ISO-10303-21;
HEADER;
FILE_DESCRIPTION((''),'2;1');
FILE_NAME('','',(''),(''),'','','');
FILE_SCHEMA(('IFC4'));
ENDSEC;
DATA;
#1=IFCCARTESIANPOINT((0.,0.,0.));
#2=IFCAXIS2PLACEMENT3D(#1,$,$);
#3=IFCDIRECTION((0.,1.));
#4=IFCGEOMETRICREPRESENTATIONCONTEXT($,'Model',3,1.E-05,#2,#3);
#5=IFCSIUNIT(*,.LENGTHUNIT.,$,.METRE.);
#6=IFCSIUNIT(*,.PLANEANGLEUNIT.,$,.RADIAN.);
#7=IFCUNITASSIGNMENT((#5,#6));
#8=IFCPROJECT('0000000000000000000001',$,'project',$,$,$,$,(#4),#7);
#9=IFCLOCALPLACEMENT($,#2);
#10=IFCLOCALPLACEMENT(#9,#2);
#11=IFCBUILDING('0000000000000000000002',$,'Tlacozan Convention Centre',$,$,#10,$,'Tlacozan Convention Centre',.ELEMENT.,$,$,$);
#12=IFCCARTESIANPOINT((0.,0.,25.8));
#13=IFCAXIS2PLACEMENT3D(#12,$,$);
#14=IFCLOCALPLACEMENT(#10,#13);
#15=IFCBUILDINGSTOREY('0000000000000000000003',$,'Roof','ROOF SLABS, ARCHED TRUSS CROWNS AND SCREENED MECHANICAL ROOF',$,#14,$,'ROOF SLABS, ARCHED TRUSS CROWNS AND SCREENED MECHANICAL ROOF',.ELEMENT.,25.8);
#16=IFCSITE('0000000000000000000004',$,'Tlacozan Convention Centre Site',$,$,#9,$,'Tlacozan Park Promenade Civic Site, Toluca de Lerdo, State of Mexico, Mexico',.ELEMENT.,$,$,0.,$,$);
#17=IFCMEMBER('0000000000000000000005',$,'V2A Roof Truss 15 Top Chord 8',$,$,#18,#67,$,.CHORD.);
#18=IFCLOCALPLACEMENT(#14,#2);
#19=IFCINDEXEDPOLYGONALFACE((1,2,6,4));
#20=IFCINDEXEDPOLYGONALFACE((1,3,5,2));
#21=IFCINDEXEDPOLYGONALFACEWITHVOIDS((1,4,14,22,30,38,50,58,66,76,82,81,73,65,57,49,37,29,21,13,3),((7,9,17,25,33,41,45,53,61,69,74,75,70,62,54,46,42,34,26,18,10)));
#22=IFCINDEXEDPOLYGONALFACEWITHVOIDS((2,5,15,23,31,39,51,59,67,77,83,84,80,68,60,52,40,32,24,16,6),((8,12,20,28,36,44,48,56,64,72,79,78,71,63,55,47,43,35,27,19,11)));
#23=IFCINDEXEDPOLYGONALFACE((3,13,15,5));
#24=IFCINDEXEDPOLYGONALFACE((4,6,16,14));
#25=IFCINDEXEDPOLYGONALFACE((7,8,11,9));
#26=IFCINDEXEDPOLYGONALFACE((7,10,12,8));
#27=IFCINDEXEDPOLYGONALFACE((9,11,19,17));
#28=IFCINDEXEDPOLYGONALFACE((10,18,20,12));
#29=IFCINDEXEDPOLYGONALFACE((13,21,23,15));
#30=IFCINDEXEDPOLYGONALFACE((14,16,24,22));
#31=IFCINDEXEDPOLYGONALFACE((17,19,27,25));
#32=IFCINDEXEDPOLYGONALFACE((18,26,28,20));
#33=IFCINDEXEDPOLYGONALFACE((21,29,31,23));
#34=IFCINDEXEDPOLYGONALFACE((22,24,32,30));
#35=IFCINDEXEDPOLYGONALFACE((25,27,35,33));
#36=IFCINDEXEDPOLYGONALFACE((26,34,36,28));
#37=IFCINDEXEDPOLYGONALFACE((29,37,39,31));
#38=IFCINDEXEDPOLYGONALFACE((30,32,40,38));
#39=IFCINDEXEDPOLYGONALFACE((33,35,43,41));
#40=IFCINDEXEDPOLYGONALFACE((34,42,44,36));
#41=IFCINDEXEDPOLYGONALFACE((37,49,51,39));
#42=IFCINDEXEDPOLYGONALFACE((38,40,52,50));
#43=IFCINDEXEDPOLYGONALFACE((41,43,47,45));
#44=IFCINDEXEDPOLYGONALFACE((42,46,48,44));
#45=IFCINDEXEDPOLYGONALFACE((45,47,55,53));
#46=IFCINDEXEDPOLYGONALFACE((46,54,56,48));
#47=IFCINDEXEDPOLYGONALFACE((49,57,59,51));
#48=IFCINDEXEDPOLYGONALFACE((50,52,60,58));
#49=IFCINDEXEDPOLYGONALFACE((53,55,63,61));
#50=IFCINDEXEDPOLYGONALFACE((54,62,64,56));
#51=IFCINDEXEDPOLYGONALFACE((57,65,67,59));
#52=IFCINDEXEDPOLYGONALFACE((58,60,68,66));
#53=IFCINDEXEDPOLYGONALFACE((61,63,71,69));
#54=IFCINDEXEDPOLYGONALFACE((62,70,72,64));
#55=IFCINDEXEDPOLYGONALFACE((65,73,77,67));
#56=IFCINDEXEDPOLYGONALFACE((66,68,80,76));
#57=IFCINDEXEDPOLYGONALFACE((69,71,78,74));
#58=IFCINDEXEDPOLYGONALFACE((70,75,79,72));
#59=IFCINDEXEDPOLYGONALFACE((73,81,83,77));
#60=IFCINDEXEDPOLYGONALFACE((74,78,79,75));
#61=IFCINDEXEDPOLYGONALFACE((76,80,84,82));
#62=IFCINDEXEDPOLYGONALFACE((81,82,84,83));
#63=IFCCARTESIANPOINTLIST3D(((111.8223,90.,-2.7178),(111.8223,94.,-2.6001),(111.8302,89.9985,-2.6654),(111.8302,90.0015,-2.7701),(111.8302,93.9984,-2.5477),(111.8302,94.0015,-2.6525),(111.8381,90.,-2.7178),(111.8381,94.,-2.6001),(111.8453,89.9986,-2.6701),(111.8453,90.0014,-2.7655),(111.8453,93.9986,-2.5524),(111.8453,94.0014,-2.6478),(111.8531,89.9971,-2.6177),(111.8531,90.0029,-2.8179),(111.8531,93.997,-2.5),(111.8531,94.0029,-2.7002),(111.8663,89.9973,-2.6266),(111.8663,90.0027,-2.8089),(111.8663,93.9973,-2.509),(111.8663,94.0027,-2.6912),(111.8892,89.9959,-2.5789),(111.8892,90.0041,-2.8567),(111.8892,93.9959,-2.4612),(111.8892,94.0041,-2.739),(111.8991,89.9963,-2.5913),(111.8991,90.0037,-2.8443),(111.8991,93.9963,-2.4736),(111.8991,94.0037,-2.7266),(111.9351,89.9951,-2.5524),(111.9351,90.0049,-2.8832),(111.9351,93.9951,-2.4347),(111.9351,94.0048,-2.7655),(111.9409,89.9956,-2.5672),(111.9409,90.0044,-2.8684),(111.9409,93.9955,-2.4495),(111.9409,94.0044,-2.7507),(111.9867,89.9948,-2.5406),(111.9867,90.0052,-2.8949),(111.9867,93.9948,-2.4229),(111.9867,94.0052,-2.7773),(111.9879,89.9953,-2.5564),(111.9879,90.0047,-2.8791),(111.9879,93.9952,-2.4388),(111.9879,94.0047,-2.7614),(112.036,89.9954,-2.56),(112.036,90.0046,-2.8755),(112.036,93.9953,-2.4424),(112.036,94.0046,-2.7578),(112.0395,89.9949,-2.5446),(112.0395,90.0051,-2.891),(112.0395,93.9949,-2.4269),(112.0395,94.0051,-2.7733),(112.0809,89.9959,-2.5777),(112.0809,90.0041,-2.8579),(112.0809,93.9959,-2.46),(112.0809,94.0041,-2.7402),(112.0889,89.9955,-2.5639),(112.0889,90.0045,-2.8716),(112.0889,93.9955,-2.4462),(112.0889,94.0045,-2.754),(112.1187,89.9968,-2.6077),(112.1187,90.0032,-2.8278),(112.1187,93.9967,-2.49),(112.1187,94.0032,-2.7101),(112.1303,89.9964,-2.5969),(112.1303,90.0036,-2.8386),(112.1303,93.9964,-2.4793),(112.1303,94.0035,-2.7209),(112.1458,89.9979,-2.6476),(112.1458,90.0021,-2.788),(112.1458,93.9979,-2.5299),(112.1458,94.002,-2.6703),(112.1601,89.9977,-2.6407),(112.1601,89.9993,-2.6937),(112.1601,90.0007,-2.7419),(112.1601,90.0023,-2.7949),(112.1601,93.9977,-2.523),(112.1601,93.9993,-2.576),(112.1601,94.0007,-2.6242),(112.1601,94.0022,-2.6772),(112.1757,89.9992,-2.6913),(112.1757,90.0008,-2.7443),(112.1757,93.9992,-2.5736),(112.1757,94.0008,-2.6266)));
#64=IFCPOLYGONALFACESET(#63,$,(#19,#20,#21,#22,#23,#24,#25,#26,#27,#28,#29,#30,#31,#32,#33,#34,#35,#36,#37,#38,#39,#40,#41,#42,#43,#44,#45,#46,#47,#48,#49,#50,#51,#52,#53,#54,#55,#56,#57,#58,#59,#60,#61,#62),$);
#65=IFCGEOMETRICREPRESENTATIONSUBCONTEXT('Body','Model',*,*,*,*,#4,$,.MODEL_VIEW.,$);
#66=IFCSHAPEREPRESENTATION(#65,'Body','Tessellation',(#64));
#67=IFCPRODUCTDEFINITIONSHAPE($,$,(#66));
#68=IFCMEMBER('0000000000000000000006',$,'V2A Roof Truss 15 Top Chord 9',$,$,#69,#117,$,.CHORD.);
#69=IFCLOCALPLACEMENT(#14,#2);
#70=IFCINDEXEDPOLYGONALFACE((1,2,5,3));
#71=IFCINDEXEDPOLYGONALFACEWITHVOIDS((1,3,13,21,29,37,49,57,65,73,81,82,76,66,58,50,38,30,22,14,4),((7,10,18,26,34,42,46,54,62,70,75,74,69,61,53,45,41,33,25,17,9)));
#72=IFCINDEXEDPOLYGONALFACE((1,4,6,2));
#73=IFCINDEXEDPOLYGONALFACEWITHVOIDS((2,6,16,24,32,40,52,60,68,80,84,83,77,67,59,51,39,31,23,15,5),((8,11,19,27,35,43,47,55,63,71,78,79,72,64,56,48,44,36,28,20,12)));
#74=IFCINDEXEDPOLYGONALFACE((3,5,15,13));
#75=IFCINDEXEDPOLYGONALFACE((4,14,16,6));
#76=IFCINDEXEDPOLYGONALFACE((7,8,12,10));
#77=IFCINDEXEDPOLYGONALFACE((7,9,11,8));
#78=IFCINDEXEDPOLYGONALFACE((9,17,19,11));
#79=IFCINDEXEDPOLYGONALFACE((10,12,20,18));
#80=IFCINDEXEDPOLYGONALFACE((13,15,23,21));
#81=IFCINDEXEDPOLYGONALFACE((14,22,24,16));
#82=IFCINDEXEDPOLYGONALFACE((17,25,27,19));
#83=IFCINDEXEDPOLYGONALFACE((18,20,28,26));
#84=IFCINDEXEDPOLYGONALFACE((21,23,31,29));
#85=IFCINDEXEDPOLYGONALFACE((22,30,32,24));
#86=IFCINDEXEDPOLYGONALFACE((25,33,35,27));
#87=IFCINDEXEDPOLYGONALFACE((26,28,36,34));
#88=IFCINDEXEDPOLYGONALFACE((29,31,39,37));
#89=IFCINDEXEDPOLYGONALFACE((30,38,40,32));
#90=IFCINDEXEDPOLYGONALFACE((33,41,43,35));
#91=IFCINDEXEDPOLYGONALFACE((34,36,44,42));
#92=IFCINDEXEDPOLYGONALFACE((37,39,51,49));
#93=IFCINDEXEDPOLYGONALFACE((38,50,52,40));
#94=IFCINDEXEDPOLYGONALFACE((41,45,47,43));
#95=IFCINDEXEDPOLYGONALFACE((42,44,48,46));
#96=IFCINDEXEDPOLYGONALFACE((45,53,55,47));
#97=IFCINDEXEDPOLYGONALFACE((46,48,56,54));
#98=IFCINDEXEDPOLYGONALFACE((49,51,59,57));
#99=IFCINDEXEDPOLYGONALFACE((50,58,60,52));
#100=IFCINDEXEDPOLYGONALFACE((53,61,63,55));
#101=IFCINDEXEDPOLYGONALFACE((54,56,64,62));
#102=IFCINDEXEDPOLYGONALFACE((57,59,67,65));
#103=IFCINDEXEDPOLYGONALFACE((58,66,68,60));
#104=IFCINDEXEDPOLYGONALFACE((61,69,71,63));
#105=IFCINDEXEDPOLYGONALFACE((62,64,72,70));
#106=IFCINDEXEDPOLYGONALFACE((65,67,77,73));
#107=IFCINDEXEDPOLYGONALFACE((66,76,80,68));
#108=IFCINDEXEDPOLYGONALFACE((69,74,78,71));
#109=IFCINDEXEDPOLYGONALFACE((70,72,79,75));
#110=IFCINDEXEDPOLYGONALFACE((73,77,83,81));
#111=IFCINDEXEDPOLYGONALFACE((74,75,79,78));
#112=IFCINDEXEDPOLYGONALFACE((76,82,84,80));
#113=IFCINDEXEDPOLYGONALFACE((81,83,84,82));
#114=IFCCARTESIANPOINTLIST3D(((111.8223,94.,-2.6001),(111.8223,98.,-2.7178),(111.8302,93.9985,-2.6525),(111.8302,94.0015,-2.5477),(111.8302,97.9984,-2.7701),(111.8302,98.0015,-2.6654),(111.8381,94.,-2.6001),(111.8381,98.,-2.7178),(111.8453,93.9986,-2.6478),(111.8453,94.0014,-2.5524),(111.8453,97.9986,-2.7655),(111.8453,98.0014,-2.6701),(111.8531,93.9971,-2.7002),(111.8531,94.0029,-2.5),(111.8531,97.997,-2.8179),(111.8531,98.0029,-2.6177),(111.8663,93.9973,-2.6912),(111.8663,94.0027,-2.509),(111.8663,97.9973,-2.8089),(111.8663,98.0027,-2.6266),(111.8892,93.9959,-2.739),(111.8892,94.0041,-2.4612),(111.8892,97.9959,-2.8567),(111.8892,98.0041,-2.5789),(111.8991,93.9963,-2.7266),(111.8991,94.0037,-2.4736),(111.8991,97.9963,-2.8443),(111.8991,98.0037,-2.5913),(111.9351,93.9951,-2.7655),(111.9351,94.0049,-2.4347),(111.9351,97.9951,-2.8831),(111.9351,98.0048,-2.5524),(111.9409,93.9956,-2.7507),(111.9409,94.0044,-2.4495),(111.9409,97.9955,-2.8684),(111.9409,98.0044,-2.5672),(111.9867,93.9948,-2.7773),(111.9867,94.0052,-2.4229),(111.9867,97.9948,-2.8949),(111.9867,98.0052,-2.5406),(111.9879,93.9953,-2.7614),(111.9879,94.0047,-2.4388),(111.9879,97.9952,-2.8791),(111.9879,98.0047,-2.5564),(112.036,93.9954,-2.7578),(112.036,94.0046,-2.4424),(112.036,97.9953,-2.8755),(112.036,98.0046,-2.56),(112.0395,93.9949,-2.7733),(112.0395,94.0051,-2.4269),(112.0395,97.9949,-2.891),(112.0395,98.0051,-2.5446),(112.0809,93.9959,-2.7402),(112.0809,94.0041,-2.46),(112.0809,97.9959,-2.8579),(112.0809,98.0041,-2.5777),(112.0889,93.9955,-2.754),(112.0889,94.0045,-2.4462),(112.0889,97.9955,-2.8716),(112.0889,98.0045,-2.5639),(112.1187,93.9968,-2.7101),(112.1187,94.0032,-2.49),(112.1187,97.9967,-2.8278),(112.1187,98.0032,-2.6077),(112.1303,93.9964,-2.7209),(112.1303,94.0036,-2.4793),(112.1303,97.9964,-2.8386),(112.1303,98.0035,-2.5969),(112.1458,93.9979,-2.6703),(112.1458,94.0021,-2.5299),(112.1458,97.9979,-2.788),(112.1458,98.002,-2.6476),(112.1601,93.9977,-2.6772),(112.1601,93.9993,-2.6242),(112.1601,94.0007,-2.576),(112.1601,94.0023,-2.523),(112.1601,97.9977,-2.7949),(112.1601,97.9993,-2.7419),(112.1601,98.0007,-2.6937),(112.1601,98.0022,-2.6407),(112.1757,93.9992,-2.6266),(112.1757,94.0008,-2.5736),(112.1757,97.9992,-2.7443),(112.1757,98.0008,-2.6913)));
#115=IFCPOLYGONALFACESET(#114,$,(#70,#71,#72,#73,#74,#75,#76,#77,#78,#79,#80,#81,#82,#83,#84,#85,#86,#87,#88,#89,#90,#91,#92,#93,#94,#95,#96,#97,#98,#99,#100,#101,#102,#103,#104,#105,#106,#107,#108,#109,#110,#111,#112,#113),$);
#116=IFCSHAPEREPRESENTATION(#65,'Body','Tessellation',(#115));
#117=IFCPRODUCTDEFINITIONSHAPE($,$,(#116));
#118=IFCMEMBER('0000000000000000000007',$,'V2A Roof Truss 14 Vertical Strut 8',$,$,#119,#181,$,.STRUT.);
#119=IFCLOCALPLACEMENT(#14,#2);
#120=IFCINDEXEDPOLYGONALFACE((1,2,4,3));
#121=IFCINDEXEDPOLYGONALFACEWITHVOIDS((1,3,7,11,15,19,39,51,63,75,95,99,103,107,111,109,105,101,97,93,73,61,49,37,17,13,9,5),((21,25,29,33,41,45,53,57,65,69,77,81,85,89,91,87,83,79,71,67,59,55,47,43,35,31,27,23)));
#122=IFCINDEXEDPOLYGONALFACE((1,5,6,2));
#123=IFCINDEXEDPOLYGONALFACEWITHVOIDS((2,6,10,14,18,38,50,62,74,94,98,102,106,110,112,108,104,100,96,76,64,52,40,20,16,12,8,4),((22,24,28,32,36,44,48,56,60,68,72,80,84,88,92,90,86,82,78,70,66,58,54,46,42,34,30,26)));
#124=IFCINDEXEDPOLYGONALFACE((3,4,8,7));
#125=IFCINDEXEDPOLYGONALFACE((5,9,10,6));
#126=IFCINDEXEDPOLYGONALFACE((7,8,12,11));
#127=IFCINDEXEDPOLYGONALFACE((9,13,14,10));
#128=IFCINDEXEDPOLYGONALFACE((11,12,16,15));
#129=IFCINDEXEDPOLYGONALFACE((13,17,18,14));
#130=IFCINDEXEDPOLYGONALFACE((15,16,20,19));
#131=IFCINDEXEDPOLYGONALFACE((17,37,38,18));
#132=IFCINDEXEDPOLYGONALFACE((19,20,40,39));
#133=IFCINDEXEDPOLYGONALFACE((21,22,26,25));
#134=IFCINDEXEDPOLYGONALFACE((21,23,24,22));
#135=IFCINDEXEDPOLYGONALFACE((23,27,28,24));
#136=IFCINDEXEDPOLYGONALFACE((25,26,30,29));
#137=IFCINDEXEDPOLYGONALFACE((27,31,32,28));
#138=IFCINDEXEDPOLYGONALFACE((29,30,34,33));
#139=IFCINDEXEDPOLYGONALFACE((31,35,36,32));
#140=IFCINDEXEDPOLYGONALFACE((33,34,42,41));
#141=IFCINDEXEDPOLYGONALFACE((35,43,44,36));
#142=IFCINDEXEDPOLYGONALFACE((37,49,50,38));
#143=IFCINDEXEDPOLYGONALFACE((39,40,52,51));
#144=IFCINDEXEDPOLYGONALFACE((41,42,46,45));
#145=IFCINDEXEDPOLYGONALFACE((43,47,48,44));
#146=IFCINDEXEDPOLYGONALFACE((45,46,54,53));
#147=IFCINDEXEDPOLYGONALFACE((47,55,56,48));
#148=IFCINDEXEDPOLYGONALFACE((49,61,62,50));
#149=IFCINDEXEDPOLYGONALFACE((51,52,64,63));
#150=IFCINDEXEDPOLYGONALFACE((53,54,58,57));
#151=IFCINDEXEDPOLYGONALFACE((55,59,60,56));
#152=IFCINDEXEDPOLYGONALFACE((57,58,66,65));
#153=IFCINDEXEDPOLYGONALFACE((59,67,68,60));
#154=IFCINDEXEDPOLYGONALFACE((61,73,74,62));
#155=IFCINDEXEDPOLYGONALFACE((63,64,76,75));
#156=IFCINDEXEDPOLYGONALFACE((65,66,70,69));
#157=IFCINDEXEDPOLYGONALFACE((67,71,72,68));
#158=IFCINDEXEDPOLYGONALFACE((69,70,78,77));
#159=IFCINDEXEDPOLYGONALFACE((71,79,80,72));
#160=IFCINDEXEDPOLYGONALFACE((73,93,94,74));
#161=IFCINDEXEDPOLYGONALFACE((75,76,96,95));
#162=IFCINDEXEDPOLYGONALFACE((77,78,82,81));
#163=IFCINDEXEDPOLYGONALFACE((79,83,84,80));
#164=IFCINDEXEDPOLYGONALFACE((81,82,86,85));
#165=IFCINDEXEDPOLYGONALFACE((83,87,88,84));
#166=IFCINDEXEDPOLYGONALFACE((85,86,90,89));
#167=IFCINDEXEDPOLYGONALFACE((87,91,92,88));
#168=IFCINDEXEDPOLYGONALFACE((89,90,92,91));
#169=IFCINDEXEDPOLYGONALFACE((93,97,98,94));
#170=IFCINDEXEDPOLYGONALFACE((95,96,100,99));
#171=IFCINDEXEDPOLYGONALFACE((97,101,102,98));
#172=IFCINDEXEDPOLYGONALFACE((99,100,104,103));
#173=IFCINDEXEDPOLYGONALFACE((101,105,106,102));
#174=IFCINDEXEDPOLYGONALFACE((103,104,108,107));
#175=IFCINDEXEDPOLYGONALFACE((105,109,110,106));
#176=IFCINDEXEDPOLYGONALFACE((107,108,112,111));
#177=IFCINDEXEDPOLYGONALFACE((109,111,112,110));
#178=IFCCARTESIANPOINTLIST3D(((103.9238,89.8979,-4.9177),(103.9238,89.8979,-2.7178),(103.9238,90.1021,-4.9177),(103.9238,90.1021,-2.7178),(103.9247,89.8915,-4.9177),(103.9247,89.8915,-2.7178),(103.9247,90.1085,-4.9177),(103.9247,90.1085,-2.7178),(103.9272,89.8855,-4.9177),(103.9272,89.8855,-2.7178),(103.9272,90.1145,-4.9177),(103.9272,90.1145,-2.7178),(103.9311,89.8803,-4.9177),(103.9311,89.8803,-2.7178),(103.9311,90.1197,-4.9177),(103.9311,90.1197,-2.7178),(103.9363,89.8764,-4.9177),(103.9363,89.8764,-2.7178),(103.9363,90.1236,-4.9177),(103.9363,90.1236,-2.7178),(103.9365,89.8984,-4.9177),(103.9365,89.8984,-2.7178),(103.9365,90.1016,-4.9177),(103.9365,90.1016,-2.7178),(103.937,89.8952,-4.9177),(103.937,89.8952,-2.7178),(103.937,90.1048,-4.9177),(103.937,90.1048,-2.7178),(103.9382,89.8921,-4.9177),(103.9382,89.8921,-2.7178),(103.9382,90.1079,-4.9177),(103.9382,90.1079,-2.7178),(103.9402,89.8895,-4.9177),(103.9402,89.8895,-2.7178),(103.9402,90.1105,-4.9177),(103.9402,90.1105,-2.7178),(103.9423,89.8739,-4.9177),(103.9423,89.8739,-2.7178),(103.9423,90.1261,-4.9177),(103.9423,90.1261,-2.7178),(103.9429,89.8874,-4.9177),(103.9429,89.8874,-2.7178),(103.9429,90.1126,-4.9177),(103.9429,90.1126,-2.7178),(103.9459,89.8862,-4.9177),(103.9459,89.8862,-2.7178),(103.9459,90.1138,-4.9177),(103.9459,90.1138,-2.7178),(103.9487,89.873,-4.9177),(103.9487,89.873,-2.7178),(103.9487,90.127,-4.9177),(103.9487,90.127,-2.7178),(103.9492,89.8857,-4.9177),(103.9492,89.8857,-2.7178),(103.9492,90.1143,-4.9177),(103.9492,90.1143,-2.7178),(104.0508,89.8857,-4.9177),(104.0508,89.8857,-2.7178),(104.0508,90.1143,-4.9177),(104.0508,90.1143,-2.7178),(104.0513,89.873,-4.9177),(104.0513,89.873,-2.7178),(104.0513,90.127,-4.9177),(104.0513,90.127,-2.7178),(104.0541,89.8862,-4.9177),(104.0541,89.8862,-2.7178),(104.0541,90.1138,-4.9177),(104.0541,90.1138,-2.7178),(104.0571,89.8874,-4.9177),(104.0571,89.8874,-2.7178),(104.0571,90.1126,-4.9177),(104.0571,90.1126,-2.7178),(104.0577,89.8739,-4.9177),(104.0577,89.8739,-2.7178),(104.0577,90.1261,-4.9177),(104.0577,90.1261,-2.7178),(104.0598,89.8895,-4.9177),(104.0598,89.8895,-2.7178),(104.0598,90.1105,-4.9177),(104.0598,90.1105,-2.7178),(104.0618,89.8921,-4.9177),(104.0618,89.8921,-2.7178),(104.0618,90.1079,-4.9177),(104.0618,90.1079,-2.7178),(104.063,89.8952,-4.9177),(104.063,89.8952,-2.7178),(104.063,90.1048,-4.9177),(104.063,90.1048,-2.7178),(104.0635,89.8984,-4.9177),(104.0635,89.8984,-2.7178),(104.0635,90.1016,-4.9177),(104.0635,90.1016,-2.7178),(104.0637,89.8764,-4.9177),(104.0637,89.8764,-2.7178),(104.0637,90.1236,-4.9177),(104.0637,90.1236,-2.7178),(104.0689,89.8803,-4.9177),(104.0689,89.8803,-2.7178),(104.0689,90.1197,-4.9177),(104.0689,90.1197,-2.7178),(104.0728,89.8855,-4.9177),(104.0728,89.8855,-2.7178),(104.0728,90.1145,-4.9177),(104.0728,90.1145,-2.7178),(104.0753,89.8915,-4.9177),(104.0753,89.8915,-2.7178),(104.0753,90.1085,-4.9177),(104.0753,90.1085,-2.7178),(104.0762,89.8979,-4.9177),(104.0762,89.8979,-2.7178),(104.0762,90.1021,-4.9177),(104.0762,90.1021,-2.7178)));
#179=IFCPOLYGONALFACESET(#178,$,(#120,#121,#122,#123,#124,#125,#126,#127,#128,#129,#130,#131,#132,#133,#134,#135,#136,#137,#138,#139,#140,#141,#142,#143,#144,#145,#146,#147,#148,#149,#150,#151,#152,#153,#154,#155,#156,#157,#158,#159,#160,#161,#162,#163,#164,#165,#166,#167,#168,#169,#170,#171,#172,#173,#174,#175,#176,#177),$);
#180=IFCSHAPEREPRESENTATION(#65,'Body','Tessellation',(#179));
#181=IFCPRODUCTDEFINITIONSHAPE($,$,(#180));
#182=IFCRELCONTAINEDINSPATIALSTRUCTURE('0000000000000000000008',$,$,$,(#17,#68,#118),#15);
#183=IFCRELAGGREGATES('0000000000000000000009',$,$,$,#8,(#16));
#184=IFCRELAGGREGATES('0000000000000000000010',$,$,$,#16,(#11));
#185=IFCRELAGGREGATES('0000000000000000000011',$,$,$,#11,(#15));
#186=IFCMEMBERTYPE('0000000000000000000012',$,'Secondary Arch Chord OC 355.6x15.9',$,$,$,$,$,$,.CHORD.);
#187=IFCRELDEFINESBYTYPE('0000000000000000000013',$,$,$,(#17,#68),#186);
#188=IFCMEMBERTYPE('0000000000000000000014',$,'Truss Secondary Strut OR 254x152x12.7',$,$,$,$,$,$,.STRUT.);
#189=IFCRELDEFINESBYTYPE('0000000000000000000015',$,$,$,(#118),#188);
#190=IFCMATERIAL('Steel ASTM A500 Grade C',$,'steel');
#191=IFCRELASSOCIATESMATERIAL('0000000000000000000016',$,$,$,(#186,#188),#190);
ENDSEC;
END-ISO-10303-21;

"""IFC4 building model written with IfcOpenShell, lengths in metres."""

from ifc_helpers import new_model, si_unit, direction, frame, origin, origin_2d, place, context, subcontext, project, spatial, hollow_rectangle, hollow_circle, extrude, material, material_profile, profile_set, type_object, element, save


model = new_model("IFC4")

# Units and contexts
model_context = context("Model", 3, precision=1e-05, world=origin(), true_north=direction((0.0, 1.0)))
body_context = subcontext(model_context, "Body", "Model", "MODEL_VIEW")
ifc_project = project(units=[si_unit("LENGTHUNIT", "METRE"), si_unit("PLANEANGLEUNIT", "RADIAN")], contexts=[model_context])

# Site, building, storey
site_placement = place(None, origin())
site = spatial("IfcSite", under=ifc_project, at=site_placement, Name="Tlacozan Convention Centre Site", LongName="Tlacozan Park Promenade Civic Site, Toluca de Lerdo, State of Mexico, Mexico", CompositionType="ELEMENT", RefElevation=0.0)
building_placement = place(site_placement, origin())
building = spatial("IfcBuilding", under=site, at=building_placement, Name="Tlacozan Convention Centre", LongName="Tlacozan Convention Centre", CompositionType="ELEMENT")
storey_placement = place(building_placement, frame((0.0, 0.0, 25.8)))
storey = spatial("IfcBuildingStorey", under=building, at=storey_placement, Name="Roof", Description="ROOF SLABS, ARCHED TRUSS CROWNS AND SCREENED MECHANICAL ROOF", LongName="ROOF SLABS, ARCHED TRUSS CROWNS AND SCREENED MECHANICAL ROOF", CompositionType="ELEMENT", Elevation=25.8)

# Members
ifc_material_1 = material(Name="Steel ASTM A500 Grade C", Category="steel")
ifc_material_profile_1 = material_profile(ifc_material_1, hollow_circle(Radius=0.1777, WallThickness=0.0159, at=origin_2d()), Name="OC 355.6x15.9")
ifc_profile_set_1 = profile_set([ifc_material_profile_1], Name="Steel ASTM A500 Grade C")
member_type_1 = type_object("IfcMemberType", Name="Secondary Arch Chord OC 355.6x15.9", PredefinedType="CHORD", material=ifc_profile_set_1)
for number, where, z_axis, x_axis, name in (
    (1, (112.0, 90.0, -2.7178), (0.0, 0.999568, 0.029406), (-1.0, 0.0, 0.0), "V2A Roof Truss 15 Top Chord 8"),
    (2, (112.0, 94.0, -2.6001), (0.0, 0.999568, -0.029406), (-1.0, 0.0, 0.0), "V2A Roof Truss 15 Top Chord 9"),
):
    element("IfcMember", number, at=place(storey_placement, frame(where, z_axis=z_axis, x_axis=x_axis)), inside=storey, type_object=member_type_1, Name=name, PredefinedType="CHORD", context=body_context, shape_type="SweptSolid", body=[
        extrude(hollow_circle(Radius=0.1777, WallThickness=0.0159, at=origin_2d()), origin(), (0.0, 0.0, 1.0), 4.0017),
    ])
ifc_material_profile_2 = material_profile(ifc_material_1, hollow_rectangle(XDim=0.1523, YDim=0.2539, WallThickness=0.0127, InnerFilletRadius=0.0127, OuterFilletRadius=0.0249, at=origin_2d()), Name="OR 254x152x12.7")
ifc_profile_set_2 = profile_set([ifc_material_profile_2], Name="Steel ASTM A500 Grade C")
member_type_2 = type_object("IfcMemberType", Name="Truss Secondary Strut OR 254x152x12.7", PredefinedType="STRUT", material=ifc_profile_set_2)
for number, where, z_axis, x_axis, name in (
    (3, (104.0, 90.0, -4.9177), (0.0, 0.0, 1.0), (1.0, 0.0, 0.0), "V2A Roof Truss 14 Vertical Strut 8"),
):
    element("IfcMember", number, at=place(storey_placement, frame(where, z_axis=z_axis, x_axis=x_axis)), inside=storey, type_object=member_type_2, Name=name, PredefinedType="STRUT", context=body_context, shape_type="SweptSolid", body=[
        extrude(hollow_rectangle(XDim=0.1523, YDim=0.2539, WallThickness=0.0127, InnerFilletRadius=0.0127, OuterFilletRadius=0.0249, at=origin_2d()), origin(), (0.0, 0.0, 1.0), 2.2),
    ])

save(model, "model.ifc")
